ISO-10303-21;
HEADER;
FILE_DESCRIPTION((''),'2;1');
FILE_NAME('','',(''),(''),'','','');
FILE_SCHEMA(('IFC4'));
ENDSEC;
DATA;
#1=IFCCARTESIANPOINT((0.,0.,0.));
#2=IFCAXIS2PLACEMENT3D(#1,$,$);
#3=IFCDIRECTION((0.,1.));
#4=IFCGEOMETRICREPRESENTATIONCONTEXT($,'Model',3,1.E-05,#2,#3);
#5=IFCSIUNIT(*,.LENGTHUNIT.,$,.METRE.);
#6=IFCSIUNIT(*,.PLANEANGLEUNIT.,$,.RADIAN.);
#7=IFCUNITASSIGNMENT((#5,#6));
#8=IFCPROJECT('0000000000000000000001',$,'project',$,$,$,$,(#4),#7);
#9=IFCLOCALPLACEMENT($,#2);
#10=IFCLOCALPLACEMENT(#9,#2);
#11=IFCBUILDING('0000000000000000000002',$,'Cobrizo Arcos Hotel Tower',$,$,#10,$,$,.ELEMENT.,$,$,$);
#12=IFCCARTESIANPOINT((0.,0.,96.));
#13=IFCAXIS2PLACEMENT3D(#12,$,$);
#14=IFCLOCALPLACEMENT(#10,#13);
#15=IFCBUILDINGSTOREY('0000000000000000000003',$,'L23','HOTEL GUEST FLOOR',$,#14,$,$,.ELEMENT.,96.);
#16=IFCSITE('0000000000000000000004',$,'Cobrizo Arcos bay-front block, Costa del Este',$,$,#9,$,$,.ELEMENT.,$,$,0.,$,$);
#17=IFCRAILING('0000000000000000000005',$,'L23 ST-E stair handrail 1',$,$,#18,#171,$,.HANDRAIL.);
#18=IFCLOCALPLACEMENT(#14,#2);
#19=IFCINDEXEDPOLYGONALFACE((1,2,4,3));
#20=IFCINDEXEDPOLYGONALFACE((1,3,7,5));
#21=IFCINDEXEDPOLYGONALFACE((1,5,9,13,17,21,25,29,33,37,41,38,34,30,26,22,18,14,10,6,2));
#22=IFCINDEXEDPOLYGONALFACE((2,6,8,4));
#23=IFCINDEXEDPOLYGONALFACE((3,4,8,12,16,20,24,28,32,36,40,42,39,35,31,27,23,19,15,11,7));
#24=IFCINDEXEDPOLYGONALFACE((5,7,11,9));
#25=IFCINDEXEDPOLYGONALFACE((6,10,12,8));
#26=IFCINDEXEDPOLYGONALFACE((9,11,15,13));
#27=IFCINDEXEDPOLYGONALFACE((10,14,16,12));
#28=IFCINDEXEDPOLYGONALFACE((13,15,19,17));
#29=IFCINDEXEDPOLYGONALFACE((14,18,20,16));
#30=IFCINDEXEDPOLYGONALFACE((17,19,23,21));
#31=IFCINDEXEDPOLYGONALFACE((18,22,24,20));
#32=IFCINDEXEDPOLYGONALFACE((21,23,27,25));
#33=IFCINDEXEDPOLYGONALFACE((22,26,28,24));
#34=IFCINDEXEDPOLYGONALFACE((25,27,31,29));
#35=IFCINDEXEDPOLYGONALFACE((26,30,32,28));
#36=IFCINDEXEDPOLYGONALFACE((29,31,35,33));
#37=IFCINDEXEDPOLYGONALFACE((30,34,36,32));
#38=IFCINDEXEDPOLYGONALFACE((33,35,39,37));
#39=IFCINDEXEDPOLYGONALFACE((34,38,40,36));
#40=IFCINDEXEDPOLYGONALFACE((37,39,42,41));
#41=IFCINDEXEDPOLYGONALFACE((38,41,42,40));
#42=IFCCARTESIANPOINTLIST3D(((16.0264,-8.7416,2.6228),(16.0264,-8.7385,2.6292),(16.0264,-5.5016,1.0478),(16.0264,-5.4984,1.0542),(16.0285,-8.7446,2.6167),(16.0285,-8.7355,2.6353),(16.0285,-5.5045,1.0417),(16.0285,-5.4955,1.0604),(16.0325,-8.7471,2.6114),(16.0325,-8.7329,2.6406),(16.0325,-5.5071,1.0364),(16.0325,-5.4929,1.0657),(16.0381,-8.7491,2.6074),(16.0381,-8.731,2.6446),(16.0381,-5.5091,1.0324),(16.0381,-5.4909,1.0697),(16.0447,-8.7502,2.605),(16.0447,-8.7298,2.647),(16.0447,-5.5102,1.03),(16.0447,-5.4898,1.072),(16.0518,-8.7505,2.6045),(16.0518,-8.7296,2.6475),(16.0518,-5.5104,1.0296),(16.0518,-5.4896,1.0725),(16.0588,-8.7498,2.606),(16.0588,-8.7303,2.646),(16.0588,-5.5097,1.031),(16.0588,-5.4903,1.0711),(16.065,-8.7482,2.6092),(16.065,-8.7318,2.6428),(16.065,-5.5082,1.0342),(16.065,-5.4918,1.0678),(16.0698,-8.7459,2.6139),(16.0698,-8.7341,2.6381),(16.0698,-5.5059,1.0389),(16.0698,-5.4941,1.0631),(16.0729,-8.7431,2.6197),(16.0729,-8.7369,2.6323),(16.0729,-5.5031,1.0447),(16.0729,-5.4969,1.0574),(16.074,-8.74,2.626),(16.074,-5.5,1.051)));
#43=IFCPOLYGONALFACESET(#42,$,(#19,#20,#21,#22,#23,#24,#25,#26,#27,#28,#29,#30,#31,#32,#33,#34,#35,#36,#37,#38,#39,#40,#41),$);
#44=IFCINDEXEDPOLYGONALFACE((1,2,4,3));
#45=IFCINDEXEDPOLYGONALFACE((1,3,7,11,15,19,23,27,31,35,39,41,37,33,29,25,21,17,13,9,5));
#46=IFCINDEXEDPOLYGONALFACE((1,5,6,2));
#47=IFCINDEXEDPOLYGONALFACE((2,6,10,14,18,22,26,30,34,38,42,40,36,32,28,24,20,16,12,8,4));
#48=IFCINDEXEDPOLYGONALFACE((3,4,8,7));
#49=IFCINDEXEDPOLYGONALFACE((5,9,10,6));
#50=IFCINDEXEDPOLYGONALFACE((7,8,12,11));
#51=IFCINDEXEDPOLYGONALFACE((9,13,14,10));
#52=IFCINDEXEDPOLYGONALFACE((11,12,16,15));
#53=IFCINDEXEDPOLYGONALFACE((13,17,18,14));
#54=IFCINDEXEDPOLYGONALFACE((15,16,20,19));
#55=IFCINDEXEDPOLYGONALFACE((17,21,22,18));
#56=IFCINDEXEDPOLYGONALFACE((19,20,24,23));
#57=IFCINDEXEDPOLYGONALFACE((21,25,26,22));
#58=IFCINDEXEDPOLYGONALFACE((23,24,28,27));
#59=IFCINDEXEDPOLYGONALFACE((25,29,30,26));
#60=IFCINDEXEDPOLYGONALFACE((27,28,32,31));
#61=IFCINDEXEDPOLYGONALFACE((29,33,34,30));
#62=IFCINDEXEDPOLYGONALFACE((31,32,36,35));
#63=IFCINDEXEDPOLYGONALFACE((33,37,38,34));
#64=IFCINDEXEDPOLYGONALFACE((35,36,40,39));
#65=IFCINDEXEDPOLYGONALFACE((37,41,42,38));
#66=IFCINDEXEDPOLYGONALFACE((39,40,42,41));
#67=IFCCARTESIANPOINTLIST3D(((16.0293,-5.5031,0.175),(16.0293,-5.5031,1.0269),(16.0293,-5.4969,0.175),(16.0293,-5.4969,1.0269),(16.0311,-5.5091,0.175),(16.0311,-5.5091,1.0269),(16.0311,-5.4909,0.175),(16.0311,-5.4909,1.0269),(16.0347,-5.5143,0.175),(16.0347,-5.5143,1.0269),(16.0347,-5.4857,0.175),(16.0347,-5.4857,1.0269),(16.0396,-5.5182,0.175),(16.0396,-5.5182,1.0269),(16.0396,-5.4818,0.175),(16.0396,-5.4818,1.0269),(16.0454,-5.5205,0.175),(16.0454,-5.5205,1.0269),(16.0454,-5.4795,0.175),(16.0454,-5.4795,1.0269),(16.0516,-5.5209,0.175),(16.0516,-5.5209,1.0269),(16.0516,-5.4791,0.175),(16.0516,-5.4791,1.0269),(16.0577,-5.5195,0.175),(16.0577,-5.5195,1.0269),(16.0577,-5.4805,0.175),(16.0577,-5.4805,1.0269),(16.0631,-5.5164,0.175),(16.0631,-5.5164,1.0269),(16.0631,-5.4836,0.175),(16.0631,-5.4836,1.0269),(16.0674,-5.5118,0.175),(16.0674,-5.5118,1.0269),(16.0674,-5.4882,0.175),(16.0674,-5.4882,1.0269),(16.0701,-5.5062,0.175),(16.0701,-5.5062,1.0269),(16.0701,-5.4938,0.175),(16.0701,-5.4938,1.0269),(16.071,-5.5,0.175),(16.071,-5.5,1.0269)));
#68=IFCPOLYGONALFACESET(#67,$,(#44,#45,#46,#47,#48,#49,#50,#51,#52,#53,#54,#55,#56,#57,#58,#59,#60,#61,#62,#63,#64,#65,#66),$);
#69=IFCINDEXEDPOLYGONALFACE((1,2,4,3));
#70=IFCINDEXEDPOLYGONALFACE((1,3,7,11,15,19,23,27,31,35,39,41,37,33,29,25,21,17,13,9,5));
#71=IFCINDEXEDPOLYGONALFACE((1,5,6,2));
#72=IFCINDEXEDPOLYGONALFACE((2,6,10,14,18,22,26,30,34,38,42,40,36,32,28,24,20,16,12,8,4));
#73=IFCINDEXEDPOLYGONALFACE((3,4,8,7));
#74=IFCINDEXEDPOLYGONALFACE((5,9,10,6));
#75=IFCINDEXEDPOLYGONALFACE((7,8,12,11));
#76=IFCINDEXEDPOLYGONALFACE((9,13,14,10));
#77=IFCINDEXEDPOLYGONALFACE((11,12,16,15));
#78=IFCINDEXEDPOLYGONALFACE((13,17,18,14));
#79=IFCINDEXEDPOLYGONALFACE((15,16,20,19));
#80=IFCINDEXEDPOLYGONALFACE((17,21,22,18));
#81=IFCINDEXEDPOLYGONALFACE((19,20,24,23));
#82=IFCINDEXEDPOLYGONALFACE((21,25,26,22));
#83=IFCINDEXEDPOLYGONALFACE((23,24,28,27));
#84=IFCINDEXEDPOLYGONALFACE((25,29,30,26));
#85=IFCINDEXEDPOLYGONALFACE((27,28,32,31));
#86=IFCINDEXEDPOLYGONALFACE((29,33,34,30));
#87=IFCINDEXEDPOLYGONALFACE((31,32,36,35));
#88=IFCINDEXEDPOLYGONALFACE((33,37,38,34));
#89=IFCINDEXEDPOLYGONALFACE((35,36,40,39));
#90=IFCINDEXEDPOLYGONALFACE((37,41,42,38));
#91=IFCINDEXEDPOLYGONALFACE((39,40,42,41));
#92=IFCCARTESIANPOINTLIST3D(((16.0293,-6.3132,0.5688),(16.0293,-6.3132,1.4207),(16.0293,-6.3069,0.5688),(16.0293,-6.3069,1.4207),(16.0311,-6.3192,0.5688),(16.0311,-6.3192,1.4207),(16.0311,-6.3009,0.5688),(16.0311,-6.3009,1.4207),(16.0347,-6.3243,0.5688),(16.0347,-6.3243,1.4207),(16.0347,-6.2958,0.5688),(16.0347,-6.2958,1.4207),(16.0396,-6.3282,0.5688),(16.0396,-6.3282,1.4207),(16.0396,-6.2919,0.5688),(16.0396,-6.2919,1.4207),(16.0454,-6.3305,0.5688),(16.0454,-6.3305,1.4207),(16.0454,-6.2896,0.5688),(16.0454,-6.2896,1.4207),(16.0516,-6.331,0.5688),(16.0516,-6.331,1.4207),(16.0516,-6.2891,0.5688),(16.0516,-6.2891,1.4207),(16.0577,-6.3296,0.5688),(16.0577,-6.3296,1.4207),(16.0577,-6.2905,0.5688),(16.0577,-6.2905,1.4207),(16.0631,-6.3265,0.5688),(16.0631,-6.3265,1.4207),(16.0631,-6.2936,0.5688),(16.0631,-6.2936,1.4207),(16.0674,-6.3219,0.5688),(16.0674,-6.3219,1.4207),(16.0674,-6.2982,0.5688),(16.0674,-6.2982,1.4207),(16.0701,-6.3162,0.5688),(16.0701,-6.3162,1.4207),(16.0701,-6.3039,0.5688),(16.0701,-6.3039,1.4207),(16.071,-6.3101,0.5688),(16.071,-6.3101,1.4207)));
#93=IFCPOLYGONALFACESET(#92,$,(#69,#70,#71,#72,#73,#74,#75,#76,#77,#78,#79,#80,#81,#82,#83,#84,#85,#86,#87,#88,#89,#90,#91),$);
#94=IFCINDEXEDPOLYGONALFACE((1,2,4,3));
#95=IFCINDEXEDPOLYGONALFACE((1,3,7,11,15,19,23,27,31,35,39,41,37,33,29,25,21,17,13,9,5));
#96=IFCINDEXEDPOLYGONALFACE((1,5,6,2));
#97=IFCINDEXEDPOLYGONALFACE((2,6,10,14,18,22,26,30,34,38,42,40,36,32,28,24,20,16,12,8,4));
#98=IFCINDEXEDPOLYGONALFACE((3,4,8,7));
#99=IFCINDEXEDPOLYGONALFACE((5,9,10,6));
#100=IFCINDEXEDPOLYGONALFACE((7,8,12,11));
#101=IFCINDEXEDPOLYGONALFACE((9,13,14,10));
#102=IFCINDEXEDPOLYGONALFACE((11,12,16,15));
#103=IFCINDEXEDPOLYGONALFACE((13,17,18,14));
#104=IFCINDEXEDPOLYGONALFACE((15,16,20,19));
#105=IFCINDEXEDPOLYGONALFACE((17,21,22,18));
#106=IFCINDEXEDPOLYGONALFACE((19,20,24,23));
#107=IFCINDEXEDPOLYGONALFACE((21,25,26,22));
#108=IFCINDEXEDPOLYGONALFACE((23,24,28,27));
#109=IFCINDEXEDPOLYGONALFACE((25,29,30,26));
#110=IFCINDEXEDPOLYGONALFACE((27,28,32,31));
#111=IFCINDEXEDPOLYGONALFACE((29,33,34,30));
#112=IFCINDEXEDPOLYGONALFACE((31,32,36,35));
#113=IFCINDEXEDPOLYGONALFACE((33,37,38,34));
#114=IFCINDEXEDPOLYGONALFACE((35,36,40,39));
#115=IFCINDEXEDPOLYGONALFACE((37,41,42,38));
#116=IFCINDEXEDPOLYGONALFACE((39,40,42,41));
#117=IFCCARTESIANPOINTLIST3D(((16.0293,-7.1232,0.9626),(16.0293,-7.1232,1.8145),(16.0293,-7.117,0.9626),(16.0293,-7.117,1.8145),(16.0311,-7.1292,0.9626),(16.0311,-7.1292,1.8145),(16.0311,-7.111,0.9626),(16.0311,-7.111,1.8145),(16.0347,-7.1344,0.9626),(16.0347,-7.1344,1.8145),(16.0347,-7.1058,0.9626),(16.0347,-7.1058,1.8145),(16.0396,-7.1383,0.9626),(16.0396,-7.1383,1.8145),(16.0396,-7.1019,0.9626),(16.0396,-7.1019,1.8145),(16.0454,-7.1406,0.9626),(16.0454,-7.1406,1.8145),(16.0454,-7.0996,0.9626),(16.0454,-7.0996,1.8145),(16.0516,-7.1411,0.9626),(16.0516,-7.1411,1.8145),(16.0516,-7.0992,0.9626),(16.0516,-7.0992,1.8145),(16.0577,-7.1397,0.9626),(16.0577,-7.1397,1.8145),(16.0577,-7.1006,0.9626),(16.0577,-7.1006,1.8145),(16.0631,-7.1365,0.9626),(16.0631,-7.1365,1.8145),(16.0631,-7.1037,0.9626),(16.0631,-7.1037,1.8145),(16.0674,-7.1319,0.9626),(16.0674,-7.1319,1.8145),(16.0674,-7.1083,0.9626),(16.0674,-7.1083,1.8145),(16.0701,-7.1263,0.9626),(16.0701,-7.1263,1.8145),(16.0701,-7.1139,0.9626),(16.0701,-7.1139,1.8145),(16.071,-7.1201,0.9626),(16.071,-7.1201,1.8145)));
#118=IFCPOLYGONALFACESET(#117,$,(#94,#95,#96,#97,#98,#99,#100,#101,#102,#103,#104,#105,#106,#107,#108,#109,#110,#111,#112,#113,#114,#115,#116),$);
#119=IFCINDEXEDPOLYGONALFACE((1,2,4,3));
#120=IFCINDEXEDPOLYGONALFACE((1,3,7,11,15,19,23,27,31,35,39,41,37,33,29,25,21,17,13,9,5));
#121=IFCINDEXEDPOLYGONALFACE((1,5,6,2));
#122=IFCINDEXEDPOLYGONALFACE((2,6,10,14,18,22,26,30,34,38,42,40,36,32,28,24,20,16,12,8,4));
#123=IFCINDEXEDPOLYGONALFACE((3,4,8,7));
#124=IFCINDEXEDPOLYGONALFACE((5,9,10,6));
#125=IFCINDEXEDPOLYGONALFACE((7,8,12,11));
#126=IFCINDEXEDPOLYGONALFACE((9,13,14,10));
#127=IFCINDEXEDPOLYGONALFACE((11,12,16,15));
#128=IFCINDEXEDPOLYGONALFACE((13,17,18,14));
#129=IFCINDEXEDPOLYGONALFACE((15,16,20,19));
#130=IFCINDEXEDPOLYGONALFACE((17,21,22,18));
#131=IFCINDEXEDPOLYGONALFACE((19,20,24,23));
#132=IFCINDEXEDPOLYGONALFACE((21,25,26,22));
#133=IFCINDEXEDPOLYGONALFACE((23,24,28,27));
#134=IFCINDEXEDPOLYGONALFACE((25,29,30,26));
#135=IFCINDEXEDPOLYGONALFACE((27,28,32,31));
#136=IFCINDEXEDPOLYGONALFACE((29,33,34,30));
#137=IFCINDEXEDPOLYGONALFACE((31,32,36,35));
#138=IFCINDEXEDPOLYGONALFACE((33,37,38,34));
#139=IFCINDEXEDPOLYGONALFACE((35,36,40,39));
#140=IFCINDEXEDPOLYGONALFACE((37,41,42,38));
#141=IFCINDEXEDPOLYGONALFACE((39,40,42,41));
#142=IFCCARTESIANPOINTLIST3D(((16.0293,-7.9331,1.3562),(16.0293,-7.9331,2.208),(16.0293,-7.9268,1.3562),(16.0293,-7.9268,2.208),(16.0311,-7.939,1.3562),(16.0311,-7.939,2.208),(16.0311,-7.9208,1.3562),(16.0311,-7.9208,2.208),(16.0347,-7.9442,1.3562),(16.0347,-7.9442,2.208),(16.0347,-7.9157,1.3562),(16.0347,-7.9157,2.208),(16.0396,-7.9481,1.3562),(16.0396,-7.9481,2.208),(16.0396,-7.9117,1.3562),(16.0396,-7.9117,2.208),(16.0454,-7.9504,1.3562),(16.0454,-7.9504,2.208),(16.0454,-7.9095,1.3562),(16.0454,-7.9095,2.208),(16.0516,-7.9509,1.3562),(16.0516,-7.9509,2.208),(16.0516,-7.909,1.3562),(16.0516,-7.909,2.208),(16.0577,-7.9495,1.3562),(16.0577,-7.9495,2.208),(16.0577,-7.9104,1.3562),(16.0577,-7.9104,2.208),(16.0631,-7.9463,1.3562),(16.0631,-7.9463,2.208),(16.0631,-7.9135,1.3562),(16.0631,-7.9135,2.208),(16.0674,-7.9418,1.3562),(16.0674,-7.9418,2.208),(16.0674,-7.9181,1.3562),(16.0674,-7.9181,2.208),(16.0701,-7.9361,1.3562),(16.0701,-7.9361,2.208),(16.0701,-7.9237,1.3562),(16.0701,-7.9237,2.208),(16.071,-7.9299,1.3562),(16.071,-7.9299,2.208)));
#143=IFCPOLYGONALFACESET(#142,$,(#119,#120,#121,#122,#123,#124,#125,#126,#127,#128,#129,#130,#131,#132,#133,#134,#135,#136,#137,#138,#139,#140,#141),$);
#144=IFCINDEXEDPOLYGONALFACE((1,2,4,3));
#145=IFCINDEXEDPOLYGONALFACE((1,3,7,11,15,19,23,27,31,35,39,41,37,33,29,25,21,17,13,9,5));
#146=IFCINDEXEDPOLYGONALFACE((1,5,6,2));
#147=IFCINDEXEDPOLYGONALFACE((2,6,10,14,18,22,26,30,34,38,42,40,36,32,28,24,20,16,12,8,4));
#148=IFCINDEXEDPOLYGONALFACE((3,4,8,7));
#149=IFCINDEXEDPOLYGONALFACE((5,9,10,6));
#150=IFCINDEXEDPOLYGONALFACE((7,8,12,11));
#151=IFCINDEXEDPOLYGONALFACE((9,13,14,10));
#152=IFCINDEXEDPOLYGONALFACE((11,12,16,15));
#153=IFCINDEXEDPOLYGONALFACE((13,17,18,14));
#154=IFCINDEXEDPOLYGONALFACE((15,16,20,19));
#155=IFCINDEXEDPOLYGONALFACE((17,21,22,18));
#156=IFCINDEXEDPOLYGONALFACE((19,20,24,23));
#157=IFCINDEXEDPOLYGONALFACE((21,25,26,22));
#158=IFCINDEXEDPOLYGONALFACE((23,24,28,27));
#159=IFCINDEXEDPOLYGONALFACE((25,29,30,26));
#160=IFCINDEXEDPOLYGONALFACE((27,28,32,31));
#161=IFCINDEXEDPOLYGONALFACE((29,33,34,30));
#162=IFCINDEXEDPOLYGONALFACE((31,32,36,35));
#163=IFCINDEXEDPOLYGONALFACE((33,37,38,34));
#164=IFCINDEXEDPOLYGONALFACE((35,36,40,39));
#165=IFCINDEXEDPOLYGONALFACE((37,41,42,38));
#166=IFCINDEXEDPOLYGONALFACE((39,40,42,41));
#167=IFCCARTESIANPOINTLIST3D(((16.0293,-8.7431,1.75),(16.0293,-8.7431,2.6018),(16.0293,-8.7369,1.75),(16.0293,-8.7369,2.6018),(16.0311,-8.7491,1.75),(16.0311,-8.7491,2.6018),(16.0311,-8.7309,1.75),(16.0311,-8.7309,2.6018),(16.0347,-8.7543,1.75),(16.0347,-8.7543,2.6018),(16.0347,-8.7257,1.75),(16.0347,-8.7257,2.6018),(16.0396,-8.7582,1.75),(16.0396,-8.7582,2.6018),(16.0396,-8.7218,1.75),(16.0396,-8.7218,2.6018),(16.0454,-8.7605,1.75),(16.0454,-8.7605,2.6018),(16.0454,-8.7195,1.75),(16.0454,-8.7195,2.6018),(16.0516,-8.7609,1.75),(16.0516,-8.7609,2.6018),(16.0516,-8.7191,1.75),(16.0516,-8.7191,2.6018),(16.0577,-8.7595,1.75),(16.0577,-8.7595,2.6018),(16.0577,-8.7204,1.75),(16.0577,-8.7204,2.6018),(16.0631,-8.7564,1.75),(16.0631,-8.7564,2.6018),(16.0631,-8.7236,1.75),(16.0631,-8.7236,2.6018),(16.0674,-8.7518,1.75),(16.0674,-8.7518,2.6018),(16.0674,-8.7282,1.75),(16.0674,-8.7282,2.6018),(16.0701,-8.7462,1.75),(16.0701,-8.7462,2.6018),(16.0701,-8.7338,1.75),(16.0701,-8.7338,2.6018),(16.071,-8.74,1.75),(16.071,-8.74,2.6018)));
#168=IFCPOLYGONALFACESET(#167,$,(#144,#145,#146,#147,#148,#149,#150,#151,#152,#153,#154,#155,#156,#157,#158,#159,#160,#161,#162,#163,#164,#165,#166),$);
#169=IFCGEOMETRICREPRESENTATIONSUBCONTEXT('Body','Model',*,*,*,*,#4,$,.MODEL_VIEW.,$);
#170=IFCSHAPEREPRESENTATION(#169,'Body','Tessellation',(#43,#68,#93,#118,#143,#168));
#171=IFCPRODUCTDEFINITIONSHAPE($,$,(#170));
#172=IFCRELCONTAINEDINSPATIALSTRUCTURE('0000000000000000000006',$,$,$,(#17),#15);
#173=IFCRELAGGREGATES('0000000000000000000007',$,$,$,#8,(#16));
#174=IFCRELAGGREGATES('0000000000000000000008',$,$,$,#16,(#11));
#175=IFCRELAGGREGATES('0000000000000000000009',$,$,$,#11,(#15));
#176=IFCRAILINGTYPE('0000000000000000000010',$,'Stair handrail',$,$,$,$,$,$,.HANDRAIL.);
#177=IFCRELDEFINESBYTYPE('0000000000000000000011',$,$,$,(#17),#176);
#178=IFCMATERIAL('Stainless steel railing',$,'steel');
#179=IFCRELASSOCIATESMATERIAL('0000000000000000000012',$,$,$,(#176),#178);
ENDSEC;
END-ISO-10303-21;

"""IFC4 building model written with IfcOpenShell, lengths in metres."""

from ifc_helpers import new_model, si_unit, direction, frame, origin, origin_2d, place, context, subcontext, project, spatial, circle, extrude, material, type_object, element, save


model = new_model("IFC4")

# Units and contexts
model_context = context("Model", 3, precision=1e-05, world=origin(), true_north=direction((0.0, 1.0)))
body_context = subcontext(model_context, "Body", "Model", "MODEL_VIEW")
ifc_project = project(units=[si_unit("LENGTHUNIT", "METRE"), si_unit("PLANEANGLEUNIT", "RADIAN")], contexts=[model_context])

# Site, building, storey
site_placement = place(None, origin())
site = spatial("IfcSite", under=ifc_project, at=site_placement, Name="Cobrizo Arcos bay-front block, Costa del Este", CompositionType="ELEMENT", RefElevation=0.0)
building_placement = place(site_placement, origin())
building = spatial("IfcBuilding", under=site, at=building_placement, Name="Cobrizo Arcos Hotel Tower", CompositionType="ELEMENT")
storey_placement = place(building_placement, frame((0.0, 0.0, 96.0)))
storey = spatial("IfcBuildingStorey", under=building, at=storey_placement, Name="L23", Description="HOTEL GUEST FLOOR", CompositionType="ELEMENT", Elevation=96.0)

# Railing
ifc_material_1 = material(Name="Stainless steel railing", Category="steel")
railing_type = type_object("IfcRailingType", Name="Stair handrail", PredefinedType="HANDRAIL", material=ifc_material_1)
railing_placement = place(storey_placement, frame((16.05, -5.5, 0.175)))
element("IfcRailing", 1, at=railing_placement, inside=storey, type_object=railing_type, Name="L23 ST-E stair handrail 1", PredefinedType="HANDRAIL", context=body_context, shape_type="SweptSolid", body=[
    extrude(circle(Radius=0.0239, at=origin_2d()), frame((0.0, 0.0, 0.876), z_axis=(0.0, -0.899373, 0.437183), x_axis=(1.0, 0.0, 0.0)), (0.0, 0.0, 1.0), 3.6025),
    extrude(circle(Radius=0.021, at=origin_2d()), origin(), (0.0, 0.0, 1.0), 0.8518),
    extrude(circle(Radius=0.021, at=origin_2d()), frame((0.0, -0.8101, 0.3938)), (0.0, 0.0, 1.0), 0.8518),
    extrude(circle(Radius=0.021, at=origin_2d()), frame((0.0, -1.6201, 0.7876)), (0.0, 0.0, 1.0), 0.8518),
    extrude(circle(Radius=0.021, at=origin_2d()), frame((0.0, -2.4299, 1.1812)), (0.0, 0.0, 1.0), 0.8518),
    extrude(circle(Radius=0.021, at=origin_2d()), frame((0.0, -3.24, 1.575)), (0.0, 0.0, 1.0), 0.8518),
])

save(model, "model.ifc")
